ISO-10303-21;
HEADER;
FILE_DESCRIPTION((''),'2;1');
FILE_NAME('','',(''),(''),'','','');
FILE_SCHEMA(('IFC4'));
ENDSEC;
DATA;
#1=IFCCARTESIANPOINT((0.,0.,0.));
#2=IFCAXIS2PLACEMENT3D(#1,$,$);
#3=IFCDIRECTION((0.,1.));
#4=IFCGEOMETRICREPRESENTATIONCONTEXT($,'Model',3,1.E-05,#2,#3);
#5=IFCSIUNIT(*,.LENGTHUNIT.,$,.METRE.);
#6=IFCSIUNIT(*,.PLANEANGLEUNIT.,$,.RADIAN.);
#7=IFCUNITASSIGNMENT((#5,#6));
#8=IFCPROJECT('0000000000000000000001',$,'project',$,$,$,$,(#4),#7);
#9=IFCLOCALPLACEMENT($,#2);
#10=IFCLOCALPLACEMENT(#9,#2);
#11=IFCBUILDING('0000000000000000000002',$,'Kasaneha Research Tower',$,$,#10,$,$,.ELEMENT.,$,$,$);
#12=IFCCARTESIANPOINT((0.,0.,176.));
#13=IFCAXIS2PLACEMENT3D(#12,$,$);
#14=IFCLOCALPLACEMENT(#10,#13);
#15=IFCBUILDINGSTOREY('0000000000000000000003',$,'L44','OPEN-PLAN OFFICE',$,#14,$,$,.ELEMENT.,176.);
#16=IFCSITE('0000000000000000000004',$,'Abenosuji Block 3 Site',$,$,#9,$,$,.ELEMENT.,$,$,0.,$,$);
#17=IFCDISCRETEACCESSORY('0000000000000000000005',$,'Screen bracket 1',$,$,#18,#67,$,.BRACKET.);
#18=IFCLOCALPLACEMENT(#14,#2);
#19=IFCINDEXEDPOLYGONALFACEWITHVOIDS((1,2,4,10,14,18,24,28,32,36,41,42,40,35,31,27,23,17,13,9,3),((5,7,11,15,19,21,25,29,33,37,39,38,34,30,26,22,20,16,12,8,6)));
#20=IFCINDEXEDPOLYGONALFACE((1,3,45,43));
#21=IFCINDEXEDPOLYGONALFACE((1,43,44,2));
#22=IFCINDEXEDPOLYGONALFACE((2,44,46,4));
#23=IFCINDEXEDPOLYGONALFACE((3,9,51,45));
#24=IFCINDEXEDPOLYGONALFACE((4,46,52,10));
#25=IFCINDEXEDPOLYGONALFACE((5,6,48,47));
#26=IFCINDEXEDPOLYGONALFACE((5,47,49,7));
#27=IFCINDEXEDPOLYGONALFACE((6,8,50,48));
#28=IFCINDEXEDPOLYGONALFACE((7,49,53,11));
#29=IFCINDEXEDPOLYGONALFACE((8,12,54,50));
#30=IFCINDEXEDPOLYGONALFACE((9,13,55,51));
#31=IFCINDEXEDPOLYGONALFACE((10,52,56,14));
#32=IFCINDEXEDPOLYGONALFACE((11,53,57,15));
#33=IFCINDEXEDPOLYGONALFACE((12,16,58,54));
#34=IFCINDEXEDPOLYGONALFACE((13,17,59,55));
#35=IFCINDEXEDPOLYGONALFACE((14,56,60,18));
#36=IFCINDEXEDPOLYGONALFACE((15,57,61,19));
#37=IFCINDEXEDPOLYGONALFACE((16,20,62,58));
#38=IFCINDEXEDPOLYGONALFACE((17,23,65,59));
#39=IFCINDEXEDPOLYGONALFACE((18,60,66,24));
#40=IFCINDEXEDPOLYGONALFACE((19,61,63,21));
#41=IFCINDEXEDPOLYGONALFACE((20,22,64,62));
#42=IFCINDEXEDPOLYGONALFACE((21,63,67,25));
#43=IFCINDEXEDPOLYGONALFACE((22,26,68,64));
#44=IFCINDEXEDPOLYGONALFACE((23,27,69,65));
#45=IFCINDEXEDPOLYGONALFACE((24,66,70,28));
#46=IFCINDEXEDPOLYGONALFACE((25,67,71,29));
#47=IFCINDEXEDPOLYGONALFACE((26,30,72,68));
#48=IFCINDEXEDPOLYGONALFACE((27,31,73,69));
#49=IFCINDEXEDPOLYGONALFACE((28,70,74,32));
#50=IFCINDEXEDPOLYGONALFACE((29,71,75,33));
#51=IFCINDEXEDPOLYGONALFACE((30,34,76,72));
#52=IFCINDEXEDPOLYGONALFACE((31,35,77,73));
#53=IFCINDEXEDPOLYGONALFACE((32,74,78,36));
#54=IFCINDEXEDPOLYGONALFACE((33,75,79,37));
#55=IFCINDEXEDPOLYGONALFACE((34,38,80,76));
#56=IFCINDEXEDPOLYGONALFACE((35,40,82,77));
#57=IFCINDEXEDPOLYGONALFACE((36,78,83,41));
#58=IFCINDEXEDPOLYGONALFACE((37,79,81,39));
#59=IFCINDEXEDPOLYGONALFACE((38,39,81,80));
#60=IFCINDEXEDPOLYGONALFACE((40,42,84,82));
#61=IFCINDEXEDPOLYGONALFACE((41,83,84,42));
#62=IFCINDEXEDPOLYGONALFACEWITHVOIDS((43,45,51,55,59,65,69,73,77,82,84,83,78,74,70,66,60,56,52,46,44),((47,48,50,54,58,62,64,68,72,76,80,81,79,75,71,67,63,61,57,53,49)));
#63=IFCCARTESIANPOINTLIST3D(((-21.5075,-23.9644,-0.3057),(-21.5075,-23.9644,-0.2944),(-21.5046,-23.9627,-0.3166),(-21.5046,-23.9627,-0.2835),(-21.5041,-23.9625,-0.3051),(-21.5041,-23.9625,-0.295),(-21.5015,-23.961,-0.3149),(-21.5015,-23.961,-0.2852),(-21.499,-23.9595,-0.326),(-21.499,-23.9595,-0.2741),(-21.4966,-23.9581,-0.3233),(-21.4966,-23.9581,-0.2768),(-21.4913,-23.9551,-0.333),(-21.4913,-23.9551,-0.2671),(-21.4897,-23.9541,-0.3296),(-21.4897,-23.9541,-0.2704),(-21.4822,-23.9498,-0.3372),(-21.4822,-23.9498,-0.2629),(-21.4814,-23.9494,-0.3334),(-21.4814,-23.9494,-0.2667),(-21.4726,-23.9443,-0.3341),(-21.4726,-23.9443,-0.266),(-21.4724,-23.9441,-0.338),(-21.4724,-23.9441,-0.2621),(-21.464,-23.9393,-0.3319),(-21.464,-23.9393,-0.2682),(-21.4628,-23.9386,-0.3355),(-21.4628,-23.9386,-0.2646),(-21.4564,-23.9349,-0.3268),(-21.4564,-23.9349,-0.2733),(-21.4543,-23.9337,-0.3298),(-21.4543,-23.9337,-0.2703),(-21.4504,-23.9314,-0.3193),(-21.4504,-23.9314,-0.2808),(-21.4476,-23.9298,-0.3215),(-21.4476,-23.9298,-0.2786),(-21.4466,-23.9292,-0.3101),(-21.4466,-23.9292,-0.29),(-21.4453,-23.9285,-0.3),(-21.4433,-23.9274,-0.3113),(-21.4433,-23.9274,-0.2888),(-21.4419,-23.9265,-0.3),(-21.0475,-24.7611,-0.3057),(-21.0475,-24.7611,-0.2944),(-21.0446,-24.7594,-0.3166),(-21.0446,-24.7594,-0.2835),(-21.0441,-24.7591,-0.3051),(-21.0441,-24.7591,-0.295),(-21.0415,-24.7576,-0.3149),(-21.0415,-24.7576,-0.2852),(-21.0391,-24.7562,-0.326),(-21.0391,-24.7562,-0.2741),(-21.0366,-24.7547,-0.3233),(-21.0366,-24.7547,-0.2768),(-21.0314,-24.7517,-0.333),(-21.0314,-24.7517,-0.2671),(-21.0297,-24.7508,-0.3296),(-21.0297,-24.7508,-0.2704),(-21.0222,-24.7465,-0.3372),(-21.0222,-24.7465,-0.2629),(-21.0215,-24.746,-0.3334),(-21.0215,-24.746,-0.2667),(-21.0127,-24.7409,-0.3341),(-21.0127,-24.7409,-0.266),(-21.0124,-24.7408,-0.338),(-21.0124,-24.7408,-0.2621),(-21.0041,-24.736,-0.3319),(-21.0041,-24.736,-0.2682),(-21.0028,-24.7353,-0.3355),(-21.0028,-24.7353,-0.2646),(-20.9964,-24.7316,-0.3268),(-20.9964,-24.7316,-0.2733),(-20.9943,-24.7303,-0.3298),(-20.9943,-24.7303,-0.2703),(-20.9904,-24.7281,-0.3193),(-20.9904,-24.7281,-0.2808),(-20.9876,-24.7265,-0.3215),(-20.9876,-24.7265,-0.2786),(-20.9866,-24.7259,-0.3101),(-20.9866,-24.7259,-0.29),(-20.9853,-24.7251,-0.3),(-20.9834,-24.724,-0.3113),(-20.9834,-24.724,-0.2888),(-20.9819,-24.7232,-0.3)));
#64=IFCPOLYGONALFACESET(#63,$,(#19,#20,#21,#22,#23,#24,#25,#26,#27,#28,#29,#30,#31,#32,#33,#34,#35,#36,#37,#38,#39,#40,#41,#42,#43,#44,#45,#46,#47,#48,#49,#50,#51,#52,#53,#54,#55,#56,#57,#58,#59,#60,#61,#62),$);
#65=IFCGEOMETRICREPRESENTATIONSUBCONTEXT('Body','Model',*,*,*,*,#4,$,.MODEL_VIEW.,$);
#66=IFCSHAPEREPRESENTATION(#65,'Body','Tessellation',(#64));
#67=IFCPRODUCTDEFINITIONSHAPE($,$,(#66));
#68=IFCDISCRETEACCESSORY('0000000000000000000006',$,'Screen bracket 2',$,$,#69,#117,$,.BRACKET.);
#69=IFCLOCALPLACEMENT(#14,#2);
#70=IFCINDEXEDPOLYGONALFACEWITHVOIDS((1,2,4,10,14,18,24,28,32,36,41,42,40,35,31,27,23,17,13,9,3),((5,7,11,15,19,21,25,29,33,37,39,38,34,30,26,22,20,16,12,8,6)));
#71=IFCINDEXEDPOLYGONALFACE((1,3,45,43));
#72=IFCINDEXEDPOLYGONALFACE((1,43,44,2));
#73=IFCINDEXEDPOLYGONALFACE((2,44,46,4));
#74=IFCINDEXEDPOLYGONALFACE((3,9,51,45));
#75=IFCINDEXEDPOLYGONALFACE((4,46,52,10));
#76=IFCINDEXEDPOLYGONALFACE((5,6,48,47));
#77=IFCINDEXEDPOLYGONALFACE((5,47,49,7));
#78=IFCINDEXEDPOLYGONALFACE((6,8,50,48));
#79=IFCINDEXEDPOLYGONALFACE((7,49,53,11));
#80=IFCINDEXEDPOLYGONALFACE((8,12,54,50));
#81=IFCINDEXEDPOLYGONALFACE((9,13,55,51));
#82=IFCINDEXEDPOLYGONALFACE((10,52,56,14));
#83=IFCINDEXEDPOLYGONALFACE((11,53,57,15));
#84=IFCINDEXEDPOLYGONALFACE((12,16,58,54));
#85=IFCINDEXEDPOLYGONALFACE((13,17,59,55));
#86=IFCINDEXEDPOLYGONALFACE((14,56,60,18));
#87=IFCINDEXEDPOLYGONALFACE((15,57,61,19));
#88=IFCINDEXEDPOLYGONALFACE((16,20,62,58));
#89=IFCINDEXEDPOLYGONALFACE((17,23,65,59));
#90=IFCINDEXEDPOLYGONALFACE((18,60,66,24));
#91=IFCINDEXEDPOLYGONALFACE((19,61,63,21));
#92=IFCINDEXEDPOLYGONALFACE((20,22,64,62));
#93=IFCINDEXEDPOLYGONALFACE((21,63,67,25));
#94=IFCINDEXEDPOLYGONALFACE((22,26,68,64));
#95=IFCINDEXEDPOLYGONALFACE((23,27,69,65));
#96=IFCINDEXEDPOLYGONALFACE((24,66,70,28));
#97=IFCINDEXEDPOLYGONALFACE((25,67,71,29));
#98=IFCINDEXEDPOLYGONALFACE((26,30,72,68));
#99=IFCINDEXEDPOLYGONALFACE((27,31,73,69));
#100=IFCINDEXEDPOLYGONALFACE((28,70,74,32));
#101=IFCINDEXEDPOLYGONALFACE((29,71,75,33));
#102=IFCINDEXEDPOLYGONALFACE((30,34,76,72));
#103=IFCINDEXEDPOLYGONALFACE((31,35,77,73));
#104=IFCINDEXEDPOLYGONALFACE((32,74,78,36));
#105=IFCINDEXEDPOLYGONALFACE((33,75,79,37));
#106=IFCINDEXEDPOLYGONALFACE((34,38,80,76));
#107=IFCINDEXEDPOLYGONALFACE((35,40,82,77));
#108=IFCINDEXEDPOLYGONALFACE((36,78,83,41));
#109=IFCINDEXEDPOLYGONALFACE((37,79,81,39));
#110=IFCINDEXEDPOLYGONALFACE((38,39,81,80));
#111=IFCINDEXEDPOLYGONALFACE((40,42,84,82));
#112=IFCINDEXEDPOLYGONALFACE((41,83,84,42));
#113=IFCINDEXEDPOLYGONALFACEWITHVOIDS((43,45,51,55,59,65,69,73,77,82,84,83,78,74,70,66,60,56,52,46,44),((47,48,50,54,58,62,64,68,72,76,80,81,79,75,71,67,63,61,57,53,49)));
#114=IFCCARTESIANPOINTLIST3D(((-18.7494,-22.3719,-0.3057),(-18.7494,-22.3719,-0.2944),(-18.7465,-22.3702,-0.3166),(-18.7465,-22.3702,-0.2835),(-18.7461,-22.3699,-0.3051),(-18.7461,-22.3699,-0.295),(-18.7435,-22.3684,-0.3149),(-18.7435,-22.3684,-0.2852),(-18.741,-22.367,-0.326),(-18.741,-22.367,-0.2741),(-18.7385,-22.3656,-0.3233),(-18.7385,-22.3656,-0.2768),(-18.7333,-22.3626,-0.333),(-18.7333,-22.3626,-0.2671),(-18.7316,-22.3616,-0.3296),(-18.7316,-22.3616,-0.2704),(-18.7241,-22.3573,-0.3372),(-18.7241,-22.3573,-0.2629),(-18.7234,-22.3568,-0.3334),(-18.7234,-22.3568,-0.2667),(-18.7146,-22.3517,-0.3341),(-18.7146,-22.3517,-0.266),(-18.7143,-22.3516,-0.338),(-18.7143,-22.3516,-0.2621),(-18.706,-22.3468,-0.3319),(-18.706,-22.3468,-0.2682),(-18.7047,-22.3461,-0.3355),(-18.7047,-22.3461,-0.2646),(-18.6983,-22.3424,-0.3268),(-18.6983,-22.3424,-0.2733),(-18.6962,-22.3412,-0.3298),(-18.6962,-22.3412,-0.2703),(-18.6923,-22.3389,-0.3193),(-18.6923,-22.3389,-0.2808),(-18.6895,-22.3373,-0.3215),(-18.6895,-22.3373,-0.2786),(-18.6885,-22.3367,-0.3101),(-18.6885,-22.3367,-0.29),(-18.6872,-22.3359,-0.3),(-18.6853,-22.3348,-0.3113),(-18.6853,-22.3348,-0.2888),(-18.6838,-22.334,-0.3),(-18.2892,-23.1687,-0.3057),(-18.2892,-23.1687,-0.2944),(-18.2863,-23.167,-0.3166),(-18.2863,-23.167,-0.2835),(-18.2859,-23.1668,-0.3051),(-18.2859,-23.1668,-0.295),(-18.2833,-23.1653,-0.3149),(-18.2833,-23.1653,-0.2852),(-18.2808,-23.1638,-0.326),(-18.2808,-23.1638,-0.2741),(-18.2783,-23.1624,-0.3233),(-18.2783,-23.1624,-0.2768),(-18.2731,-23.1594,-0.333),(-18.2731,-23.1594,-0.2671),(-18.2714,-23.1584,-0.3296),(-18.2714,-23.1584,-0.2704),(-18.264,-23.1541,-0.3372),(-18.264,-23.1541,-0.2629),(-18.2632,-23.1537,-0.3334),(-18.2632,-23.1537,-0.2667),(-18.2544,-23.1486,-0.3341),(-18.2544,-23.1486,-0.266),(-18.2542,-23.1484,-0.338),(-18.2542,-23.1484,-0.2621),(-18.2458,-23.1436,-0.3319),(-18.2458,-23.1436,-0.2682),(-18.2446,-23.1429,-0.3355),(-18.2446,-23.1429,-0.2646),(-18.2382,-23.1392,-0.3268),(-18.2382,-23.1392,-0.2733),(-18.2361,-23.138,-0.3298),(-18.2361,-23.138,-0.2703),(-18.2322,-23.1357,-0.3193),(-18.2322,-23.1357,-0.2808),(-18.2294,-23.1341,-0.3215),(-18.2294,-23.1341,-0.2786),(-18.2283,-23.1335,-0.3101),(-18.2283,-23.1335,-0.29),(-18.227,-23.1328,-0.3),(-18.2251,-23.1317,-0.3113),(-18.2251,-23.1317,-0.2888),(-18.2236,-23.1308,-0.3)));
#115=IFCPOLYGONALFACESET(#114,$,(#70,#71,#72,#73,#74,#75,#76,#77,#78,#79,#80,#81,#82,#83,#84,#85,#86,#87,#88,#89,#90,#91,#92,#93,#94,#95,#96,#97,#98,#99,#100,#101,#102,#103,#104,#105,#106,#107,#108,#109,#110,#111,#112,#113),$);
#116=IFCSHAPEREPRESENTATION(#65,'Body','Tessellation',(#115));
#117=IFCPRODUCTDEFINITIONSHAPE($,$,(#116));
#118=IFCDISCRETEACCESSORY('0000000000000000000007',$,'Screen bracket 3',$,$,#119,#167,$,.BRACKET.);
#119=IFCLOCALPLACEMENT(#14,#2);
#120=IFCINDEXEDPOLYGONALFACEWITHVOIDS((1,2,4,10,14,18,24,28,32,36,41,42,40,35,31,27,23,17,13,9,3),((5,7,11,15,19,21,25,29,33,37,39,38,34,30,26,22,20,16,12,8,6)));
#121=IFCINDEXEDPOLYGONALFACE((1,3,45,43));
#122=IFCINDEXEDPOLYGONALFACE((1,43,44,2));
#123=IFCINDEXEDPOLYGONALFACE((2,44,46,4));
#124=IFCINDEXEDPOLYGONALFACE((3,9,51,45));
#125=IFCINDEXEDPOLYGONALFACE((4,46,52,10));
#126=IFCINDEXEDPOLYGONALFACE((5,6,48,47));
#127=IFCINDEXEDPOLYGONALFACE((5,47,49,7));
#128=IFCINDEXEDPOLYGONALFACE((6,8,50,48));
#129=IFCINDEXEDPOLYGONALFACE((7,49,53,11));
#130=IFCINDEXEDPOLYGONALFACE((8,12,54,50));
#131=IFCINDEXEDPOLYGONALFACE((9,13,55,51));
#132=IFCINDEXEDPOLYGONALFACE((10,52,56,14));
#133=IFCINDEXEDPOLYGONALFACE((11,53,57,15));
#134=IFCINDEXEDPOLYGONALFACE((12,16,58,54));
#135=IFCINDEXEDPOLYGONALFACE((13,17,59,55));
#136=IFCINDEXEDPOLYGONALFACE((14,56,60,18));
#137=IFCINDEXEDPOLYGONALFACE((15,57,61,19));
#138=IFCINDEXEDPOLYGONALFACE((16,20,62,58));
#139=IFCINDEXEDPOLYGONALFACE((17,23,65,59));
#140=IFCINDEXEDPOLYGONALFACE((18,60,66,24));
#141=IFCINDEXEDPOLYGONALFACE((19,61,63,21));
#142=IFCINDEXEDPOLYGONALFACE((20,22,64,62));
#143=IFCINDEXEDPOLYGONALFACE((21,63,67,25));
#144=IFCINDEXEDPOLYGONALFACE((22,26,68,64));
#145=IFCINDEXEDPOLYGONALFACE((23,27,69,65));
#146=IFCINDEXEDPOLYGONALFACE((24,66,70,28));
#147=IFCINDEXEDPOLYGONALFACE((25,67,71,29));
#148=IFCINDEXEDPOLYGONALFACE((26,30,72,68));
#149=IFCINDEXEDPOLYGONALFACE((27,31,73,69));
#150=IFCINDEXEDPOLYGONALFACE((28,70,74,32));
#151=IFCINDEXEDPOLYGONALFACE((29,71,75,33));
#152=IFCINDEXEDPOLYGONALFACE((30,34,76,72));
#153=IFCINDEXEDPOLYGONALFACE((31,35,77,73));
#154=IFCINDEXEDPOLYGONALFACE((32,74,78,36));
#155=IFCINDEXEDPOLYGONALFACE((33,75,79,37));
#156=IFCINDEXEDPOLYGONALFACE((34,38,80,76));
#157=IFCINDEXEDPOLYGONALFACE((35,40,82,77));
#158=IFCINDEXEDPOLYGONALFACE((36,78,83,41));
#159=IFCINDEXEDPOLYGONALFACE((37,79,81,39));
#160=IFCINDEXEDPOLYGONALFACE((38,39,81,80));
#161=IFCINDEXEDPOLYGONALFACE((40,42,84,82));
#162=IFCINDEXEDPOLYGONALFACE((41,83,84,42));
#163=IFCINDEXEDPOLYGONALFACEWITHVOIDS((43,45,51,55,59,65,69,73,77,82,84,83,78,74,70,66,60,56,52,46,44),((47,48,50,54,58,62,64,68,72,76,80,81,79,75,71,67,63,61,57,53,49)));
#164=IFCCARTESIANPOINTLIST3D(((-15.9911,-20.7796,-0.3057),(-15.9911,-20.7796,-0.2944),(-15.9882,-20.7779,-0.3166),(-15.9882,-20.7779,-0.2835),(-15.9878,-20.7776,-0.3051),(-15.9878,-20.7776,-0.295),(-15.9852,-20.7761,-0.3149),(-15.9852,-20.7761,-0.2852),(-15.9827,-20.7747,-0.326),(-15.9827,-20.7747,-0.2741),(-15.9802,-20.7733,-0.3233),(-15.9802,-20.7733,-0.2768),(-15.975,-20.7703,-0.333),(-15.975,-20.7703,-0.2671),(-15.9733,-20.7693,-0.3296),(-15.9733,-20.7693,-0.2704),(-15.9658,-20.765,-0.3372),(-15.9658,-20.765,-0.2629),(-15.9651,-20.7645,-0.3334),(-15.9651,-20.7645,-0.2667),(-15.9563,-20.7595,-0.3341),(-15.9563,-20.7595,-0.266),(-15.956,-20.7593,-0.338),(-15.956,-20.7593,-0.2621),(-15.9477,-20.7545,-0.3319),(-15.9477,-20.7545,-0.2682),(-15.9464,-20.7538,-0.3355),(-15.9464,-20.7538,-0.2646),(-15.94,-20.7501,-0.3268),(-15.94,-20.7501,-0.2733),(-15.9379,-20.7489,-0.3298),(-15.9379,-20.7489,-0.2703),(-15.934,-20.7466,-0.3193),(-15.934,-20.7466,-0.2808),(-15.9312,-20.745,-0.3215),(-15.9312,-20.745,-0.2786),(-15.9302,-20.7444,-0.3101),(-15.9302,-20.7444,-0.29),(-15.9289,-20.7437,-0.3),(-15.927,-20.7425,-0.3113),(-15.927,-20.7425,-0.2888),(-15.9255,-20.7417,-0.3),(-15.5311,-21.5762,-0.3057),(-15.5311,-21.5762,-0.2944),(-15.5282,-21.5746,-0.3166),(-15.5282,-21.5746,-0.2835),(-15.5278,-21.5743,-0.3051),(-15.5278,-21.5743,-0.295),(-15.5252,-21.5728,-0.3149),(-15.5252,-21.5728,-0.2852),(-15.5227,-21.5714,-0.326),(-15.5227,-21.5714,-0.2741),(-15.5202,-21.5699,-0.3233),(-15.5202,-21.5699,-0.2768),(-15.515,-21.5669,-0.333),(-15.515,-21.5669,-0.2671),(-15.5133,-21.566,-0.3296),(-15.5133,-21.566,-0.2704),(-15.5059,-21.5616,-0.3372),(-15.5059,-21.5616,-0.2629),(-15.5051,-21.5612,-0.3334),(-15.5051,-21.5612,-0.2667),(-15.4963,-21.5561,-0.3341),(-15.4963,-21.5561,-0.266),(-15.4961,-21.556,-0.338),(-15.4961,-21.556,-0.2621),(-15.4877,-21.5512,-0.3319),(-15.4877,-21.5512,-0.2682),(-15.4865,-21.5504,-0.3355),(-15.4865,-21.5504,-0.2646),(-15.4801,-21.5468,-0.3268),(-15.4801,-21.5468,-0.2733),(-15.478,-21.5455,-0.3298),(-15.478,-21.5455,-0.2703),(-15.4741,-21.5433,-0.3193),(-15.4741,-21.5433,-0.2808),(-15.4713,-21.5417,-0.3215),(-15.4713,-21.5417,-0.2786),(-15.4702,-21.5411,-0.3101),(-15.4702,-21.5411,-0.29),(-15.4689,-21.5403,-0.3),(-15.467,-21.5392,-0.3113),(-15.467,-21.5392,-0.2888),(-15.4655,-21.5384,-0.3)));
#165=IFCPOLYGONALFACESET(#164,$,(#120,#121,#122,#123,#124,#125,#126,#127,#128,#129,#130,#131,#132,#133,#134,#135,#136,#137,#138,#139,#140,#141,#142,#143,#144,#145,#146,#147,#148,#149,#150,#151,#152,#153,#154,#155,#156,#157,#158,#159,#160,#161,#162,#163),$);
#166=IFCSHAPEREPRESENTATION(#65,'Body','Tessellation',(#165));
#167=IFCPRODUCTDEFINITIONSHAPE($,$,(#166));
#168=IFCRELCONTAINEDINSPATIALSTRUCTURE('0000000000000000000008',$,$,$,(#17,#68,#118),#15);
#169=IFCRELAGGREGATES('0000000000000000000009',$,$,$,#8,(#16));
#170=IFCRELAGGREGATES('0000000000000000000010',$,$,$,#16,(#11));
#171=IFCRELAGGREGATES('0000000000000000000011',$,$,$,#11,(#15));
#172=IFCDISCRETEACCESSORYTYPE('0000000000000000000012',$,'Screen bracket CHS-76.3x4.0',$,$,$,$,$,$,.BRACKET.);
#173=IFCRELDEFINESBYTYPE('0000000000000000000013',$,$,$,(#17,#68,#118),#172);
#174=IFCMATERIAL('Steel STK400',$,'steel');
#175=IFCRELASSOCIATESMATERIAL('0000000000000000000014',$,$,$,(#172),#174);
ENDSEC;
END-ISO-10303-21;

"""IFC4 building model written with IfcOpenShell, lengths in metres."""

from ifc_helpers import new_model, si_unit, direction, frame, origin, origin_2d, place, context, subcontext, project, spatial, hollow_circle, extrude, material, material_profile, profile_set, type_object, element, save


model = new_model("IFC4")

# Units and contexts
model_context = context("Model", 3, precision=1e-05, world=origin(), true_north=direction((0.0, 1.0)))
body_context = subcontext(model_context, "Body", "Model", "MODEL_VIEW")
ifc_project = project(units=[si_unit("LENGTHUNIT", "METRE"), si_unit("PLANEANGLEUNIT", "RADIAN")], contexts=[model_context])

# Site, building, storey
site_placement = place(None, origin())
site = spatial("IfcSite", under=ifc_project, at=site_placement, Name="Abenosuji Block 3 Site", CompositionType="ELEMENT", RefElevation=0.0)
building_placement = place(site_placement, origin())
building = spatial("IfcBuilding", under=site, at=building_placement, Name="Kasaneha Research Tower", CompositionType="ELEMENT")
storey_placement = place(building_placement, frame((0.0, 0.0, 176.0)))
storey = spatial("IfcBuildingStorey", under=building, at=storey_placement, Name="L44", Description="OPEN-PLAN OFFICE", CompositionType="ELEMENT", Elevation=176.0)

# Discrete accessories
ifc_material_1 = material(Name="Steel STK400", Category="steel")
ifc_material_profile_1 = material_profile(ifc_material_1, hollow_circle(Radius=0.0381, WallThickness=0.0039, at=origin_2d()), Name="CHS-76.3x4.0")
ifc_profile_set_1 = profile_set([ifc_material_profile_1], Name="Steel STK400")
discrete_accessory_type = type_object("IfcDiscreteAccessoryType", Name="Screen bracket CHS-76.3x4.0", PredefinedType="BRACKET", material=ifc_profile_set_1)
discrete_accessory_1_placement = place(storey_placement, frame((-21.4749, -23.9456, -0.3), z_axis=(0.500021, -0.866013, 0.0), x_axis=(0.866013, 0.500021, 0.0)))
element("IfcDiscreteAccessory", 1, at=discrete_accessory_1_placement, inside=storey, type_object=discrete_accessory_type, Name="Screen bracket 1", PredefinedType="BRACKET", context=body_context, shape_type="SweptSolid", body=[
    extrude(hollow_circle(Radius=0.0381, WallThickness=0.0039, at=origin_2d()), origin(), (0.0, 0.0, 1.0), 0.9199),
])
discrete_accessory_2_placement = place(storey_placement, frame((-18.7168, -22.353, -0.3), z_axis=(0.500105, -0.865965, 0.0), x_axis=(0.865965, 0.500105, 0.0)))
element("IfcDiscreteAccessory", 2, at=discrete_accessory_2_placement, inside=storey, type_object=discrete_accessory_type, Name="Screen bracket 2", PredefinedType="BRACKET", context=body_context, shape_type="SweptSolid", body=[
    extrude(hollow_circle(Radius=0.0381, WallThickness=0.0039, at=origin_2d()), origin(), (0.0, 0.0, 1.0), 0.9202),
])
discrete_accessory_3_placement = place(storey_placement, frame((-15.9585, -20.7607, -0.3), z_axis=(0.500021, -0.866013, 0.0), x_axis=(0.866013, 0.500021, 0.0)))
element("IfcDiscreteAccessory", 3, at=discrete_accessory_3_placement, inside=storey, type_object=discrete_accessory_type, Name="Screen bracket 3", PredefinedType="BRACKET", context=body_context, shape_type="SweptSolid", body=[
    extrude(hollow_circle(Radius=0.0381, WallThickness=0.0039, at=origin_2d()), origin(), (0.0, 0.0, 1.0), 0.9199),
])

save(model, "model.ifc")
